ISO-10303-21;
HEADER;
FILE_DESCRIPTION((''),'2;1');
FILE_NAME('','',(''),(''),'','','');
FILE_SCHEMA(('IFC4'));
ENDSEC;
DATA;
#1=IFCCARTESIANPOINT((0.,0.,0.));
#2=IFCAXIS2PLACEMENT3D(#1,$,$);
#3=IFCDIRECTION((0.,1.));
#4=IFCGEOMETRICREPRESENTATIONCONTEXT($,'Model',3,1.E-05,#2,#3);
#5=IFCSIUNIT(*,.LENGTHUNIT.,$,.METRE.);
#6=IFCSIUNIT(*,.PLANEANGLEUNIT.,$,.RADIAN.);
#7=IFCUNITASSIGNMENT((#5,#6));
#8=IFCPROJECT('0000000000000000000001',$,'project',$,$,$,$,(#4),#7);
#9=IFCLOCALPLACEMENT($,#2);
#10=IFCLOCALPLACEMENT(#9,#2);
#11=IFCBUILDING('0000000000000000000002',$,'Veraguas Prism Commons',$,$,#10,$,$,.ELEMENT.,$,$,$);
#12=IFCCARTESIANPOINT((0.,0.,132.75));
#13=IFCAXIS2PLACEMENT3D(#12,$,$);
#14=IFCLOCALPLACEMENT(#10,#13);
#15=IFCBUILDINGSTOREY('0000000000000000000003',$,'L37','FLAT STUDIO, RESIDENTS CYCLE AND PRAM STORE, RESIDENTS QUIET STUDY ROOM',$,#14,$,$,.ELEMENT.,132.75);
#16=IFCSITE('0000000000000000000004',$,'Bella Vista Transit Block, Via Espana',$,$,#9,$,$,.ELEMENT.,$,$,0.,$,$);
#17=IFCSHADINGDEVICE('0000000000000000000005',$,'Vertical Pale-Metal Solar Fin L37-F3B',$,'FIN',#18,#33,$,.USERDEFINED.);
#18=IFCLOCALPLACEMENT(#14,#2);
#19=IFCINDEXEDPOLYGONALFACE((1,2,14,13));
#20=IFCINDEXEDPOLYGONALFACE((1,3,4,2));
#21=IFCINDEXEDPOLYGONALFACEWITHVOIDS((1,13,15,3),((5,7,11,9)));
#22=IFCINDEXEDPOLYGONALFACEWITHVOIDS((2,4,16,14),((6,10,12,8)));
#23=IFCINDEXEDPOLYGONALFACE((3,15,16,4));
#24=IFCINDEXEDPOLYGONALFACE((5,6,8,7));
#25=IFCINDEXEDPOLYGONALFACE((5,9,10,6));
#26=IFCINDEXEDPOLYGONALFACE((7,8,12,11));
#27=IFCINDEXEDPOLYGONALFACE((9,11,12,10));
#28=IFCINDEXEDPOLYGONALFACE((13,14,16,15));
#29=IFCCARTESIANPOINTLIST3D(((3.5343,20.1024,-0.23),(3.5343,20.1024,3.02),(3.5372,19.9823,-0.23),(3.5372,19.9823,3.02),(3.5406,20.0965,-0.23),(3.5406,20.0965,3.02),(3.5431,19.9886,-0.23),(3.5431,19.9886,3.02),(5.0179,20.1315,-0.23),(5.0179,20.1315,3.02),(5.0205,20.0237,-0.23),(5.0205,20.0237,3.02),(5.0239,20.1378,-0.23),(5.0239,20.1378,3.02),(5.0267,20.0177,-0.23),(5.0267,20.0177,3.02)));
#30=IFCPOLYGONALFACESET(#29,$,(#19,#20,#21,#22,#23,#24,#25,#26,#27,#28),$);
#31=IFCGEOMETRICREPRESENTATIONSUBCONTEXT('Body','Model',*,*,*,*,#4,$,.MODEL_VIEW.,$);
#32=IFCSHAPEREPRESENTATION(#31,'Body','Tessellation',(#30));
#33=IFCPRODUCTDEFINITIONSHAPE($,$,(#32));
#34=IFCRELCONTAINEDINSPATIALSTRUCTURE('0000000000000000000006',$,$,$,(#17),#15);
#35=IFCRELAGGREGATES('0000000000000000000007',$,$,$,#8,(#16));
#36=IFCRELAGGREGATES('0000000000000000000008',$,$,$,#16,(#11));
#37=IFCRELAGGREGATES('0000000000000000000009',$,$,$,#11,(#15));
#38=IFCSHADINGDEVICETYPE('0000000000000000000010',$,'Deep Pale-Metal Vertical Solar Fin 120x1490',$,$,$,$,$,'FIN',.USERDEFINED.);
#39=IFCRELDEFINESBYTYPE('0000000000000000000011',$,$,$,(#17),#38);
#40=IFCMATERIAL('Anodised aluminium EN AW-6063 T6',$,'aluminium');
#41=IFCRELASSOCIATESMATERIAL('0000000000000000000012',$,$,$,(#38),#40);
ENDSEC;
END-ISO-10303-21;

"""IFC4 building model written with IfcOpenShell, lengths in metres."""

from ifc_helpers import new_model, si_unit, direction, frame, origin, origin_2d, place, context, subcontext, project, spatial, hollow_rectangle, extrude, material, material_profile, profile_set, type_object, element, save


model = new_model("IFC4")

# Units and contexts
model_context = context("Model", 3, precision=1e-05, world=origin(), true_north=direction((0.0, 1.0)))
body_context = subcontext(model_context, "Body", "Model", "MODEL_VIEW")
ifc_project = project(units=[si_unit("LENGTHUNIT", "METRE"), si_unit("PLANEANGLEUNIT", "RADIAN")], contexts=[model_context])

# Site, building, storey
site_placement = place(None, origin())
site = spatial("IfcSite", under=ifc_project, at=site_placement, Name="Bella Vista Transit Block, Via Espana", CompositionType="ELEMENT", RefElevation=0.0)
building_placement = place(site_placement, origin())
building = spatial("IfcBuilding", under=site, at=building_placement, Name="Veraguas Prism Commons", CompositionType="ELEMENT")
storey_placement = place(building_placement, frame((0.0, 0.0, 132.75)))
storey = spatial("IfcBuildingStorey", under=building, at=storey_placement, Name="L37", Description="FLAT STUDIO, RESIDENTS CYCLE AND PRAM STORE, RESIDENTS QUIET STUDY ROOM", CompositionType="ELEMENT", Elevation=132.75)

# Shared definitions
ifc_material_1 = material(Name="Anodised aluminium EN AW-6063 T6", Category="aluminium")

# Shading device
ifc_material_profile_1 = material_profile(ifc_material_1, hollow_rectangle(XDim=0.1201, YDim=1.49, WallThickness=0.0061, at=origin_2d()), Name="FIN120X1490X6")
ifc_profile_set_1 = profile_set([ifc_material_profile_1], Name="Anodised aluminium EN AW-6063 T6")
shading_device_type = type_object("IfcShadingDeviceType", Name="Deep Pale-Metal Vertical Solar Fin 120x1490", ElementType="FIN", PredefinedType="USERDEFINED", material=ifc_profile_set_1)
shading_device_placement = place(storey_placement, frame((4.2805, 20.0601, -0.23), z_axis=(0.0, 0.0, 1.0), x_axis=(0.023734, -0.999718, 0.0)))
element("IfcShadingDevice", 1, at=shading_device_placement, inside=storey, type_object=shading_device_type, Name="Vertical Pale-Metal Solar Fin L37-F3B", ObjectType="FIN", PredefinedType="USERDEFINED", context=body_context, shape_type="SweptSolid", body=[
    extrude(hollow_rectangle(XDim=0.1201, YDim=1.49, WallThickness=0.0061, at=origin_2d()), origin(), (0.0, 0.0, 1.0), 3.25),
])

save(model, "model.ifc")
